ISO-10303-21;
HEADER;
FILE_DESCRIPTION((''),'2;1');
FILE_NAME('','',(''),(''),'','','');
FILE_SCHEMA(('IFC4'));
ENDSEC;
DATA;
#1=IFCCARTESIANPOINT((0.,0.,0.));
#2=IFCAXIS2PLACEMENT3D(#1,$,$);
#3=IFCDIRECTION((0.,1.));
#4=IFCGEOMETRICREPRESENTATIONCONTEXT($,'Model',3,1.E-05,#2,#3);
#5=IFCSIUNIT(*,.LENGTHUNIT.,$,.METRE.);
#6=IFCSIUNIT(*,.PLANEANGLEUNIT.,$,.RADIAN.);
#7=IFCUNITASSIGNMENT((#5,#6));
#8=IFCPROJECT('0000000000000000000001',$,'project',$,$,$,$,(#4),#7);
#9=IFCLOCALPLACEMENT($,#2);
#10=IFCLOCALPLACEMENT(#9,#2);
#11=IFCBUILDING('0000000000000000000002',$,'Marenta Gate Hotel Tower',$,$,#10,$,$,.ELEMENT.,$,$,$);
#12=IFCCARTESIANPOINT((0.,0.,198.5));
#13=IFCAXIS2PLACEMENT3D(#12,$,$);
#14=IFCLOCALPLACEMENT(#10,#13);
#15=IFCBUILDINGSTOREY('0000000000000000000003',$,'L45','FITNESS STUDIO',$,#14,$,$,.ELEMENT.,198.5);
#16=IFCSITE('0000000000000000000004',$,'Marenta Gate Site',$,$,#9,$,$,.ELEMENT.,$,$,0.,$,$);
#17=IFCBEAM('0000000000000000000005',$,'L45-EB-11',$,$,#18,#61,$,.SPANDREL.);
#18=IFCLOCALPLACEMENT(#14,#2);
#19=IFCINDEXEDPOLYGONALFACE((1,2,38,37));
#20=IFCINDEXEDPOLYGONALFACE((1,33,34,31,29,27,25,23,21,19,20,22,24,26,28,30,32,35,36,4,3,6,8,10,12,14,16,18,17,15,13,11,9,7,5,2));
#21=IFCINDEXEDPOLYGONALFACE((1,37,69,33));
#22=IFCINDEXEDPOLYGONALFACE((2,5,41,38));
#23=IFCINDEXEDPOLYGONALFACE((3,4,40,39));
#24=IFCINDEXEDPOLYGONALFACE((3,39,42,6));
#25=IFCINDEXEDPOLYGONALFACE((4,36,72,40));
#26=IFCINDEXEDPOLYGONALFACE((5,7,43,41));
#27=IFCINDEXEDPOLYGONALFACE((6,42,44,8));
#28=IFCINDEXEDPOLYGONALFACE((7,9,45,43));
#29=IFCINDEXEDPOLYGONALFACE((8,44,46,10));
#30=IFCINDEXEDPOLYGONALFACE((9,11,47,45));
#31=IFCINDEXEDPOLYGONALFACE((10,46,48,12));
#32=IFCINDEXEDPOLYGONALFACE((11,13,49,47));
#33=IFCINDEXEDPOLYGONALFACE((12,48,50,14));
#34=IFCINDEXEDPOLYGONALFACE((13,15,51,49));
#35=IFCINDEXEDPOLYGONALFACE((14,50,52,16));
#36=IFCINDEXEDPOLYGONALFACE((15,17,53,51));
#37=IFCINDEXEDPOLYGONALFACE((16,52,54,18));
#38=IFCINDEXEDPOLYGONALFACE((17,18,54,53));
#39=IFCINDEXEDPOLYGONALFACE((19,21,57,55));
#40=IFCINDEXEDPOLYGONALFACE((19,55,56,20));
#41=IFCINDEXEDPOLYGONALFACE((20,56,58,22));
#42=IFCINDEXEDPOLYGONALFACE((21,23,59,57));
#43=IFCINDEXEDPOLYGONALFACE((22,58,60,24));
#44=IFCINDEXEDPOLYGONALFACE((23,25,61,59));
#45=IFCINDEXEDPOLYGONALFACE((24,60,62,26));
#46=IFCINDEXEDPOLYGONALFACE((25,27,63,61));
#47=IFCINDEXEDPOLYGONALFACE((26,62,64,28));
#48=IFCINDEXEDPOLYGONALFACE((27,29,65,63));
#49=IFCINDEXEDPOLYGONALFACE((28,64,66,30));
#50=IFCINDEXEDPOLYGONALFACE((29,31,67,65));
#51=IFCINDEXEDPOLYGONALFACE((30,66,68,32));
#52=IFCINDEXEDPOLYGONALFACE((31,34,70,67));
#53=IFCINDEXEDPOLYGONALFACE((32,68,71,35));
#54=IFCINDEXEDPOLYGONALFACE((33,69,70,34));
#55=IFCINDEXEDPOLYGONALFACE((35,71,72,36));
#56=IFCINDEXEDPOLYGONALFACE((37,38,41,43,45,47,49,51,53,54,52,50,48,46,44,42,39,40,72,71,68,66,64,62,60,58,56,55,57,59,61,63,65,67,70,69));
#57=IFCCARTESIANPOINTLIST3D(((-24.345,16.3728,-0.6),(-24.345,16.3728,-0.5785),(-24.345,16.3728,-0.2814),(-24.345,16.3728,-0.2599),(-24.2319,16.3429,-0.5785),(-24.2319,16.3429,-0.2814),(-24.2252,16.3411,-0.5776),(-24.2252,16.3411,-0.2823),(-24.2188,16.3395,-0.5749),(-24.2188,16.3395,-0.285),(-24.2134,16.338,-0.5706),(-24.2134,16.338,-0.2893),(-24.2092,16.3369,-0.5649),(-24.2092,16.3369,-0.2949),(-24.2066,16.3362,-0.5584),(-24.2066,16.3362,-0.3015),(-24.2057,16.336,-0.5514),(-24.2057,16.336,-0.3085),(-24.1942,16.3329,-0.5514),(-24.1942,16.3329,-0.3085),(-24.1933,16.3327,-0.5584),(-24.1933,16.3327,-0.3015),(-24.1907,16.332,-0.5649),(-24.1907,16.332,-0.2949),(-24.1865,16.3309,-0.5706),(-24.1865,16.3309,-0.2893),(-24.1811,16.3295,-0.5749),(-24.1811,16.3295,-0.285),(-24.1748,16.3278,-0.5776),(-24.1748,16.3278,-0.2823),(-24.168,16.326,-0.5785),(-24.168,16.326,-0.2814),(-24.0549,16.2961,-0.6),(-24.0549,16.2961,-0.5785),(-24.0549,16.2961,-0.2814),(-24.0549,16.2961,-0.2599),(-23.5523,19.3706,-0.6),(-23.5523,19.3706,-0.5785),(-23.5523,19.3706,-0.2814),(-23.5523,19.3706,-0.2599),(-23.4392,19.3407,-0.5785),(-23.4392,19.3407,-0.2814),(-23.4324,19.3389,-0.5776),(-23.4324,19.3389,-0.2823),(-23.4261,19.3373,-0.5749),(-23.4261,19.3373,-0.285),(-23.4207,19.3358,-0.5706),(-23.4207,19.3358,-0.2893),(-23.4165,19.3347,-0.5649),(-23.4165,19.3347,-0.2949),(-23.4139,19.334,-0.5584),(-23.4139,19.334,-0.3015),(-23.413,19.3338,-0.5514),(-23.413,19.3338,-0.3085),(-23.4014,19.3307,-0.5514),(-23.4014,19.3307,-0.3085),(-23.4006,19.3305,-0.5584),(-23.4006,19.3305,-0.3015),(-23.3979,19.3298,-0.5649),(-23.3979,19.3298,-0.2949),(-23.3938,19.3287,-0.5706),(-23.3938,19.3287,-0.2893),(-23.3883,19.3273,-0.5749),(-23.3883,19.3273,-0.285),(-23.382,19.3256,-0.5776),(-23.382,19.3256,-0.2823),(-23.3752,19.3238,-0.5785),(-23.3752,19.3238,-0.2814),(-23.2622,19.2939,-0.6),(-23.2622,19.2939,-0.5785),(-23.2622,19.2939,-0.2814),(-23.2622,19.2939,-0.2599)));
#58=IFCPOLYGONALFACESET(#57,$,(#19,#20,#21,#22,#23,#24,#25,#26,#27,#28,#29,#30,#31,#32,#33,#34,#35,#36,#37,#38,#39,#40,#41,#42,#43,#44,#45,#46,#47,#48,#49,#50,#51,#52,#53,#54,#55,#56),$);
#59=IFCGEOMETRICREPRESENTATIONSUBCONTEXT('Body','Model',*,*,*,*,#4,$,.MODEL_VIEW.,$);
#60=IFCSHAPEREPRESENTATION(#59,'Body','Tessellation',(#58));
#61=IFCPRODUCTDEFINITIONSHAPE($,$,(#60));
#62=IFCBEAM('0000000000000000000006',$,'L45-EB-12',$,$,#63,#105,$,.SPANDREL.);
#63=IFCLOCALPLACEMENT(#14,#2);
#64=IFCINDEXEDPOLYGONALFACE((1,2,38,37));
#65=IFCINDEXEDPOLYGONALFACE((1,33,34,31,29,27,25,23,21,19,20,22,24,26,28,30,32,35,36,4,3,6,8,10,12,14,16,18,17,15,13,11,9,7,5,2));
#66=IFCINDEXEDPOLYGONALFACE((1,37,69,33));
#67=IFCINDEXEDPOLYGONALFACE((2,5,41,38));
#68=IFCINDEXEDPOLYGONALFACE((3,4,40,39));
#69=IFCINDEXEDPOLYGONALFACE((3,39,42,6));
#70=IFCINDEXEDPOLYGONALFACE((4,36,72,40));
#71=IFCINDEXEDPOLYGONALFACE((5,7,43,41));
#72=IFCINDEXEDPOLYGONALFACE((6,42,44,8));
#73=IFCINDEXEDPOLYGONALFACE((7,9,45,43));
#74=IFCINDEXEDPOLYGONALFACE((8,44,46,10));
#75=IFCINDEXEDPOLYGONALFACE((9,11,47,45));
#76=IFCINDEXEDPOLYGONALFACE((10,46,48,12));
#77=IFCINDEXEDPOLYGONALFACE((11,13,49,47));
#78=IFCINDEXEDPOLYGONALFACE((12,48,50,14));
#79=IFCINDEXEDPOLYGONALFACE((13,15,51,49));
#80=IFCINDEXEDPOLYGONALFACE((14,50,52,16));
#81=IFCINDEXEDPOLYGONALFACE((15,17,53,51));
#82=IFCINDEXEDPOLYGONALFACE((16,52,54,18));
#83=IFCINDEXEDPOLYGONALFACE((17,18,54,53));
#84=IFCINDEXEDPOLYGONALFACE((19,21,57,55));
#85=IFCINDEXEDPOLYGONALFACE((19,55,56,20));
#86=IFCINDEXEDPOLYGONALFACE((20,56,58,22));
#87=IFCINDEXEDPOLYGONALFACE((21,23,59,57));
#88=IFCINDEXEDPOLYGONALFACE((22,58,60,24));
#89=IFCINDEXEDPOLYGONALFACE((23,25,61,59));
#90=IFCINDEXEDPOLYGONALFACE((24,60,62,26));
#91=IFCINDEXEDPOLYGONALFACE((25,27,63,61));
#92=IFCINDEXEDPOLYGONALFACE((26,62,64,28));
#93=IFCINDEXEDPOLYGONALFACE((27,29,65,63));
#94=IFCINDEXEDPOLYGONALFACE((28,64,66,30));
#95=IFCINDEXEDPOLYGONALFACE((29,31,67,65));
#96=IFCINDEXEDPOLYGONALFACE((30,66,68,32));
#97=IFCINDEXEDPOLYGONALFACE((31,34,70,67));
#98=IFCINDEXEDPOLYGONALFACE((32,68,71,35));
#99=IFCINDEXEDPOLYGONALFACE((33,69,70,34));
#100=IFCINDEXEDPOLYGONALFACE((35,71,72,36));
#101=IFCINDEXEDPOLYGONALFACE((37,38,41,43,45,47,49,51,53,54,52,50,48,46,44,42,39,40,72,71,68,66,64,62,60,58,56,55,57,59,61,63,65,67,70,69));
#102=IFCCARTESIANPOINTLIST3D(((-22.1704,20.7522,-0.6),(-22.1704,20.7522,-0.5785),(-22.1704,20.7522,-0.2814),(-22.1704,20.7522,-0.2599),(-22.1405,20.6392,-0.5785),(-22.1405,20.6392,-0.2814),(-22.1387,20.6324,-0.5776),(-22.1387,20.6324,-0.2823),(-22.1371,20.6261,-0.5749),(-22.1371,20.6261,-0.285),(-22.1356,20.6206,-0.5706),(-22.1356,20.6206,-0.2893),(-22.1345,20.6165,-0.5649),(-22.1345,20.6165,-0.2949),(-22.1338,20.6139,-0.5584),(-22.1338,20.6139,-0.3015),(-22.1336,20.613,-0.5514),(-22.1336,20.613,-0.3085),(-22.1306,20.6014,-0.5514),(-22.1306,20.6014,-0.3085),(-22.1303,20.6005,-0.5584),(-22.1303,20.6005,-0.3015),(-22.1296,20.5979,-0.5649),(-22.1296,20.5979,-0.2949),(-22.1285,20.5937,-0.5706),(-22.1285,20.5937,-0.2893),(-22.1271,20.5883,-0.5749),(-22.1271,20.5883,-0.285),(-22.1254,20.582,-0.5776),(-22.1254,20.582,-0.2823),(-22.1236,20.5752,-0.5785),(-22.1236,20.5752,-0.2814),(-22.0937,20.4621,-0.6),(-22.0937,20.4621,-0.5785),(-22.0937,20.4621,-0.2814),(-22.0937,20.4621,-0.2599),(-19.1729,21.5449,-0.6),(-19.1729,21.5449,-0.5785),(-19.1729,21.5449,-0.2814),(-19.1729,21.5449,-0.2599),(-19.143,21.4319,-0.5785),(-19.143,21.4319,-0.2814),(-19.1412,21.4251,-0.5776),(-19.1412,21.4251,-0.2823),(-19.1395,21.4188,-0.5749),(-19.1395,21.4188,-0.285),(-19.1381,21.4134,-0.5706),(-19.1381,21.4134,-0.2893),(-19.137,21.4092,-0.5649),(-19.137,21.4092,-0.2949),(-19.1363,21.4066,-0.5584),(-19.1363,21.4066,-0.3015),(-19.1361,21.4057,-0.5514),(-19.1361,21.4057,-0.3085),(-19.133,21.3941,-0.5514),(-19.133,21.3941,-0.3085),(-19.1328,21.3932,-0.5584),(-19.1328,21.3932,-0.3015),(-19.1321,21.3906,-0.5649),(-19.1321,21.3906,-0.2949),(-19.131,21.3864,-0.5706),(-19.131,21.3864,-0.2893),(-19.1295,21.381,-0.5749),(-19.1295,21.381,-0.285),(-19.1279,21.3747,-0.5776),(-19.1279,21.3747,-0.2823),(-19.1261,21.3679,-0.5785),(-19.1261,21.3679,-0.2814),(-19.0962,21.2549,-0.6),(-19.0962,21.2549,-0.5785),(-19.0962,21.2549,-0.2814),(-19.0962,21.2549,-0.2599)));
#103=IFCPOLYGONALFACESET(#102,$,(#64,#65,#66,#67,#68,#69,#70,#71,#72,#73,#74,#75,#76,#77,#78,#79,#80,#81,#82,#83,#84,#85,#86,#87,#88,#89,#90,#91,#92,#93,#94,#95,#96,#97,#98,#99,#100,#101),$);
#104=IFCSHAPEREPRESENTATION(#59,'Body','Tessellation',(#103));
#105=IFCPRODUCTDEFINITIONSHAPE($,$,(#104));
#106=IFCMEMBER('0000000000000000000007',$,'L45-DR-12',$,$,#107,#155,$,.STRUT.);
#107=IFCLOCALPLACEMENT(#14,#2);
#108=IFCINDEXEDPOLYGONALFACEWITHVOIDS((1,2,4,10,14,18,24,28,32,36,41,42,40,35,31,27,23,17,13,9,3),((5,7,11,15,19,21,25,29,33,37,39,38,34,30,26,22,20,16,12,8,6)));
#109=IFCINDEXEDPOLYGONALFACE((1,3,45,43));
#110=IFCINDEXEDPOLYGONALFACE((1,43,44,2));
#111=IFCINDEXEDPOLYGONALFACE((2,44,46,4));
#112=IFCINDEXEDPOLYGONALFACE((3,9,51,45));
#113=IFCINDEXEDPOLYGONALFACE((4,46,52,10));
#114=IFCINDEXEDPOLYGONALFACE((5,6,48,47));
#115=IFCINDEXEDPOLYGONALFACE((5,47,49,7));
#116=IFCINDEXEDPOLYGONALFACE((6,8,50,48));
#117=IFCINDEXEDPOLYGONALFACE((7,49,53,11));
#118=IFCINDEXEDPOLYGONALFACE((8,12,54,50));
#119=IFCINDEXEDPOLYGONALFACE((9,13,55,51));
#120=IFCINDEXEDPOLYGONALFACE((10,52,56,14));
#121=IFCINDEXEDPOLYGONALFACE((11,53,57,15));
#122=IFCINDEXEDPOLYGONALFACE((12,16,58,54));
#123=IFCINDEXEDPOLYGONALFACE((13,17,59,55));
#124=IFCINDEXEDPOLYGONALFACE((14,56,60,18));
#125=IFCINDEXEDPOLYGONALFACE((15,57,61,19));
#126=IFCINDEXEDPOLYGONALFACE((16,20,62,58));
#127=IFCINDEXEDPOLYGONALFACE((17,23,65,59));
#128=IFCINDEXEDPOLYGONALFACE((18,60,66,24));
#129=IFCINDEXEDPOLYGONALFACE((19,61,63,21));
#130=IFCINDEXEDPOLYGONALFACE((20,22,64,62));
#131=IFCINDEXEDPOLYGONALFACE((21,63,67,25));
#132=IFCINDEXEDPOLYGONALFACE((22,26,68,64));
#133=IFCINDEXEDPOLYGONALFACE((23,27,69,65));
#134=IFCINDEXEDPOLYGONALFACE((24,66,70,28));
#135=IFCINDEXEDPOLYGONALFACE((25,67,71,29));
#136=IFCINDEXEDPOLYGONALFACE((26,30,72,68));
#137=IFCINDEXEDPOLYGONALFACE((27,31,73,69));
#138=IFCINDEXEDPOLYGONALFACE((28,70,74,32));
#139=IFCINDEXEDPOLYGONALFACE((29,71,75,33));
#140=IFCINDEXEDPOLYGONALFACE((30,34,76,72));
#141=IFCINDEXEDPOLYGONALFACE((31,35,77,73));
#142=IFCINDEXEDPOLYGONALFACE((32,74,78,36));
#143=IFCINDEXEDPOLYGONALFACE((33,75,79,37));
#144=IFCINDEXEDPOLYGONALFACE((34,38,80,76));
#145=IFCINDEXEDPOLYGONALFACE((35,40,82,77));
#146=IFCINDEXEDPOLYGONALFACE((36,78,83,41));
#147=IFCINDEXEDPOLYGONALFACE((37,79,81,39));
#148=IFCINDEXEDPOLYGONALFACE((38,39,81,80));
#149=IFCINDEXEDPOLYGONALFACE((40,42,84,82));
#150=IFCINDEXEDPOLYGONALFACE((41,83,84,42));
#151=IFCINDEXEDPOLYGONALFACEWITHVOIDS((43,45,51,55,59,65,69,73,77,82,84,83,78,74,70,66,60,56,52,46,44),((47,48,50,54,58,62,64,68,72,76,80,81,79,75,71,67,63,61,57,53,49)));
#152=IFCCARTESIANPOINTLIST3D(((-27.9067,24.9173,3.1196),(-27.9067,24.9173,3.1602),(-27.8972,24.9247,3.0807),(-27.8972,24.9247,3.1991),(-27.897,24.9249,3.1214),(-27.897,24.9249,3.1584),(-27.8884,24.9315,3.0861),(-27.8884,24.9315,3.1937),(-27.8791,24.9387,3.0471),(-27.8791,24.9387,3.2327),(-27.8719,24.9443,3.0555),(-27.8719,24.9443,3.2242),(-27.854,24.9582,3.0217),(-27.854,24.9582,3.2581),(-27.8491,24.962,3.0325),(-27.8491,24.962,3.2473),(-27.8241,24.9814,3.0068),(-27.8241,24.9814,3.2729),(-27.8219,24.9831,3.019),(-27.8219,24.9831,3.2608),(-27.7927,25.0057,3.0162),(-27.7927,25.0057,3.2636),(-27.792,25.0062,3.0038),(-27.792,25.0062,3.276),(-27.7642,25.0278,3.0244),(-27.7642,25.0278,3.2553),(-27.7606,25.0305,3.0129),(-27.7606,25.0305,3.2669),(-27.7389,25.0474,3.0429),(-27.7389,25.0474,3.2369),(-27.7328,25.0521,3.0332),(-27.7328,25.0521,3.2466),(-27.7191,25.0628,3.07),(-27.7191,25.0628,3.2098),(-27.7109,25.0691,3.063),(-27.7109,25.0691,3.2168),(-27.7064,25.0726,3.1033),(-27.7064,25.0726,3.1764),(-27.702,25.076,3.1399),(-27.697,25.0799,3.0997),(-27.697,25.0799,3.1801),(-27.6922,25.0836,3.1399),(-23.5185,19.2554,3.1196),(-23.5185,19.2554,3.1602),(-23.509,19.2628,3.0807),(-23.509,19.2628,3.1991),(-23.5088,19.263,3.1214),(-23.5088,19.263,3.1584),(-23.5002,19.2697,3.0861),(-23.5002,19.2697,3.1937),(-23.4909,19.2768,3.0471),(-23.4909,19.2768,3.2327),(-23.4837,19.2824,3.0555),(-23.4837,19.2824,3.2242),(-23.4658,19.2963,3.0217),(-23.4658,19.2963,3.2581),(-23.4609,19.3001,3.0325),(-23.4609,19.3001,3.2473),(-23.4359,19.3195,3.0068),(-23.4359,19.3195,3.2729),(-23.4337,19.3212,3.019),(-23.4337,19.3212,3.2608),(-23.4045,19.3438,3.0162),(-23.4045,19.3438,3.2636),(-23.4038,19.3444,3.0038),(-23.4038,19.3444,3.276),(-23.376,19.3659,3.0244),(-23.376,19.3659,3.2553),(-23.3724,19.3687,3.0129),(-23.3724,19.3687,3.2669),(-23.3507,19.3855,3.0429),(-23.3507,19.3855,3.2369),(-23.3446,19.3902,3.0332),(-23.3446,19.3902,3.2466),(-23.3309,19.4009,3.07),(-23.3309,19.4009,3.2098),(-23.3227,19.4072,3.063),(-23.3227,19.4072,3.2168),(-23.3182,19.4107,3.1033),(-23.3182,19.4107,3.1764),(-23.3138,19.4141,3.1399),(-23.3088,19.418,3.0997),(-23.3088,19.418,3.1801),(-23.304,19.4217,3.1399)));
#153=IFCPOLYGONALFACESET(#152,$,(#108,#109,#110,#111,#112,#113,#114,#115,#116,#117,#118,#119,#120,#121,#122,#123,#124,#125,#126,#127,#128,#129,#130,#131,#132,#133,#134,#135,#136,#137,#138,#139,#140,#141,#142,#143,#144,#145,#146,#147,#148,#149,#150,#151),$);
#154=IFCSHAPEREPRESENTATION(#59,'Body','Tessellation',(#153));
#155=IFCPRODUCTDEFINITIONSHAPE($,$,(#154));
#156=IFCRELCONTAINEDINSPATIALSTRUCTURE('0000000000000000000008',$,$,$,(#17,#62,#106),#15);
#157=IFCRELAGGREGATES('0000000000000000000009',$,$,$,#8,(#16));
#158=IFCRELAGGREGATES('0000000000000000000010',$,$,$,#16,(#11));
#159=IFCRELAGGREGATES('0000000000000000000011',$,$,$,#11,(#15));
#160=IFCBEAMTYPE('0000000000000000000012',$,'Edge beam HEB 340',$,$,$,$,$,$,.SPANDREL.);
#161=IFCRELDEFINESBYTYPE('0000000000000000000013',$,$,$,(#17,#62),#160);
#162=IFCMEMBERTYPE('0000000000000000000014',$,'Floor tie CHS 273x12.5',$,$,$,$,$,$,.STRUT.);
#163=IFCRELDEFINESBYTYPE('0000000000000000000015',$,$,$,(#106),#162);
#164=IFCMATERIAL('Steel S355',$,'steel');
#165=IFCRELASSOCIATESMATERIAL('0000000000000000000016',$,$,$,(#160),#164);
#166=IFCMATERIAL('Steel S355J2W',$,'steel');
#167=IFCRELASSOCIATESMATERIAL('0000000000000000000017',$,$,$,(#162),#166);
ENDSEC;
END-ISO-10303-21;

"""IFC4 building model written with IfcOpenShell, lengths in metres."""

from ifc_helpers import new_model, si_unit, direction, frame, origin, origin_2d, place, context, subcontext, project, spatial, hollow_circle, i_section, extrude, material, material_profile, profile_set, type_object, element, save


model = new_model("IFC4")

# Units and contexts
model_context = context("Model", 3, precision=1e-05, world=origin(), true_north=direction((0.0, 1.0)))
body_context = subcontext(model_context, "Body", "Model", "MODEL_VIEW")
ifc_project = project(units=[si_unit("LENGTHUNIT", "METRE"), si_unit("PLANEANGLEUNIT", "RADIAN")], contexts=[model_context])

# Site, building, storey
site_placement = place(None, origin())
site = spatial("IfcSite", under=ifc_project, at=site_placement, Name="Marenta Gate Site", CompositionType="ELEMENT", RefElevation=0.0)
building_placement = place(site_placement, origin())
building = spatial("IfcBuilding", under=site, at=building_placement, Name="Marenta Gate Hotel Tower", CompositionType="ELEMENT")
storey_placement = place(building_placement, frame((0.0, 0.0, 198.5)))
storey = spatial("IfcBuildingStorey", under=building, at=storey_placement, Name="L45", Description="FITNESS STUDIO", CompositionType="ELEMENT", Elevation=198.5)

# Beams
ifc_material_1 = material(Name="Steel S355", Category="steel")
ifc_material_profile_1 = material_profile(ifc_material_1, i_section(OverallWidth=0.3, OverallDepth=0.3401, WebThickness=0.012, FlangeThickness=0.0215, FilletRadius=0.0271, at=origin_2d()), Name="HEB 340")
ifc_profile_set_1 = profile_set([ifc_material_profile_1], Name="Steel S355")
beam_type_1 = type_object("IfcBeamType", Name="Edge beam HEB 340", PredefinedType="SPANDREL", material=ifc_profile_set_1)
beam_1_placement = place(storey_placement, frame((-24.2, 16.3345, -0.4299), z_axis=(0.255648, 0.96677, 0.0), x_axis=(-0.96677, 0.255648, 0.0)))
element("IfcBeam", 1, at=beam_1_placement, inside=storey, type_object=beam_type_1, Name="L45-EB-11", PredefinedType="SPANDREL", context=body_context, shape_type="SweptSolid", body=[
    extrude(i_section(OverallWidth=0.3, OverallDepth=0.3401, WebThickness=0.012, FlangeThickness=0.0215, FilletRadius=0.0271, at=origin_2d()), origin(), (0.0, 0.0, 1.0), 3.1008),
])
beam_2_placement = place(storey_placement, frame((-22.1321, 20.6072, -0.4299), z_axis=(0.966765, 0.255667, 0.0), x_axis=(-0.255667, 0.966765, 0.0)))
element("IfcBeam", 2, at=beam_2_placement, inside=storey, type_object=beam_type_1, Name="L45-EB-12", PredefinedType="SPANDREL", context=body_context, shape_type="SweptSolid", body=[
    extrude(i_section(OverallWidth=0.3, OverallDepth=0.3401, WebThickness=0.012, FlangeThickness=0.0215, FilletRadius=0.0271, at=origin_2d()), origin(), (0.0, 0.0, 1.0), 3.1006),
])

# Member
ifc_material_2 = material(Name="Steel S355J2W", Category="steel")
ifc_material_profile_2 = material_profile(ifc_material_2, hollow_circle(Radius=0.1365, WallThickness=0.0125, at=origin_2d()), Name="CHS 273x12.5")
ifc_profile_set_2 = profile_set([ifc_material_profile_2], Name="Steel S355J2W")
member_type_1 = type_object("IfcMemberType", Name="Floor tie CHS 273x12.5", PredefinedType="STRUT", material=ifc_profile_set_2)
member_1_placement = place(storey_placement, frame((-27.8, 25.0, 3.1399), z_axis=(0.612592, -0.790399, 0.0), x_axis=(0.790399, 0.612592, 0.0)))
element("IfcMember", 3, at=member_1_placement, inside=storey, type_object=member_type_1, Name="L45-DR-12", PredefinedType="STRUT", context=body_context, shape_type="SweptSolid", body=[
    extrude(hollow_circle(Radius=0.1365, WallThickness=0.0125, at=origin_2d()), origin(), (0.0, 0.0, 1.0), 7.1633),
])

save(model, "model.ifc")
